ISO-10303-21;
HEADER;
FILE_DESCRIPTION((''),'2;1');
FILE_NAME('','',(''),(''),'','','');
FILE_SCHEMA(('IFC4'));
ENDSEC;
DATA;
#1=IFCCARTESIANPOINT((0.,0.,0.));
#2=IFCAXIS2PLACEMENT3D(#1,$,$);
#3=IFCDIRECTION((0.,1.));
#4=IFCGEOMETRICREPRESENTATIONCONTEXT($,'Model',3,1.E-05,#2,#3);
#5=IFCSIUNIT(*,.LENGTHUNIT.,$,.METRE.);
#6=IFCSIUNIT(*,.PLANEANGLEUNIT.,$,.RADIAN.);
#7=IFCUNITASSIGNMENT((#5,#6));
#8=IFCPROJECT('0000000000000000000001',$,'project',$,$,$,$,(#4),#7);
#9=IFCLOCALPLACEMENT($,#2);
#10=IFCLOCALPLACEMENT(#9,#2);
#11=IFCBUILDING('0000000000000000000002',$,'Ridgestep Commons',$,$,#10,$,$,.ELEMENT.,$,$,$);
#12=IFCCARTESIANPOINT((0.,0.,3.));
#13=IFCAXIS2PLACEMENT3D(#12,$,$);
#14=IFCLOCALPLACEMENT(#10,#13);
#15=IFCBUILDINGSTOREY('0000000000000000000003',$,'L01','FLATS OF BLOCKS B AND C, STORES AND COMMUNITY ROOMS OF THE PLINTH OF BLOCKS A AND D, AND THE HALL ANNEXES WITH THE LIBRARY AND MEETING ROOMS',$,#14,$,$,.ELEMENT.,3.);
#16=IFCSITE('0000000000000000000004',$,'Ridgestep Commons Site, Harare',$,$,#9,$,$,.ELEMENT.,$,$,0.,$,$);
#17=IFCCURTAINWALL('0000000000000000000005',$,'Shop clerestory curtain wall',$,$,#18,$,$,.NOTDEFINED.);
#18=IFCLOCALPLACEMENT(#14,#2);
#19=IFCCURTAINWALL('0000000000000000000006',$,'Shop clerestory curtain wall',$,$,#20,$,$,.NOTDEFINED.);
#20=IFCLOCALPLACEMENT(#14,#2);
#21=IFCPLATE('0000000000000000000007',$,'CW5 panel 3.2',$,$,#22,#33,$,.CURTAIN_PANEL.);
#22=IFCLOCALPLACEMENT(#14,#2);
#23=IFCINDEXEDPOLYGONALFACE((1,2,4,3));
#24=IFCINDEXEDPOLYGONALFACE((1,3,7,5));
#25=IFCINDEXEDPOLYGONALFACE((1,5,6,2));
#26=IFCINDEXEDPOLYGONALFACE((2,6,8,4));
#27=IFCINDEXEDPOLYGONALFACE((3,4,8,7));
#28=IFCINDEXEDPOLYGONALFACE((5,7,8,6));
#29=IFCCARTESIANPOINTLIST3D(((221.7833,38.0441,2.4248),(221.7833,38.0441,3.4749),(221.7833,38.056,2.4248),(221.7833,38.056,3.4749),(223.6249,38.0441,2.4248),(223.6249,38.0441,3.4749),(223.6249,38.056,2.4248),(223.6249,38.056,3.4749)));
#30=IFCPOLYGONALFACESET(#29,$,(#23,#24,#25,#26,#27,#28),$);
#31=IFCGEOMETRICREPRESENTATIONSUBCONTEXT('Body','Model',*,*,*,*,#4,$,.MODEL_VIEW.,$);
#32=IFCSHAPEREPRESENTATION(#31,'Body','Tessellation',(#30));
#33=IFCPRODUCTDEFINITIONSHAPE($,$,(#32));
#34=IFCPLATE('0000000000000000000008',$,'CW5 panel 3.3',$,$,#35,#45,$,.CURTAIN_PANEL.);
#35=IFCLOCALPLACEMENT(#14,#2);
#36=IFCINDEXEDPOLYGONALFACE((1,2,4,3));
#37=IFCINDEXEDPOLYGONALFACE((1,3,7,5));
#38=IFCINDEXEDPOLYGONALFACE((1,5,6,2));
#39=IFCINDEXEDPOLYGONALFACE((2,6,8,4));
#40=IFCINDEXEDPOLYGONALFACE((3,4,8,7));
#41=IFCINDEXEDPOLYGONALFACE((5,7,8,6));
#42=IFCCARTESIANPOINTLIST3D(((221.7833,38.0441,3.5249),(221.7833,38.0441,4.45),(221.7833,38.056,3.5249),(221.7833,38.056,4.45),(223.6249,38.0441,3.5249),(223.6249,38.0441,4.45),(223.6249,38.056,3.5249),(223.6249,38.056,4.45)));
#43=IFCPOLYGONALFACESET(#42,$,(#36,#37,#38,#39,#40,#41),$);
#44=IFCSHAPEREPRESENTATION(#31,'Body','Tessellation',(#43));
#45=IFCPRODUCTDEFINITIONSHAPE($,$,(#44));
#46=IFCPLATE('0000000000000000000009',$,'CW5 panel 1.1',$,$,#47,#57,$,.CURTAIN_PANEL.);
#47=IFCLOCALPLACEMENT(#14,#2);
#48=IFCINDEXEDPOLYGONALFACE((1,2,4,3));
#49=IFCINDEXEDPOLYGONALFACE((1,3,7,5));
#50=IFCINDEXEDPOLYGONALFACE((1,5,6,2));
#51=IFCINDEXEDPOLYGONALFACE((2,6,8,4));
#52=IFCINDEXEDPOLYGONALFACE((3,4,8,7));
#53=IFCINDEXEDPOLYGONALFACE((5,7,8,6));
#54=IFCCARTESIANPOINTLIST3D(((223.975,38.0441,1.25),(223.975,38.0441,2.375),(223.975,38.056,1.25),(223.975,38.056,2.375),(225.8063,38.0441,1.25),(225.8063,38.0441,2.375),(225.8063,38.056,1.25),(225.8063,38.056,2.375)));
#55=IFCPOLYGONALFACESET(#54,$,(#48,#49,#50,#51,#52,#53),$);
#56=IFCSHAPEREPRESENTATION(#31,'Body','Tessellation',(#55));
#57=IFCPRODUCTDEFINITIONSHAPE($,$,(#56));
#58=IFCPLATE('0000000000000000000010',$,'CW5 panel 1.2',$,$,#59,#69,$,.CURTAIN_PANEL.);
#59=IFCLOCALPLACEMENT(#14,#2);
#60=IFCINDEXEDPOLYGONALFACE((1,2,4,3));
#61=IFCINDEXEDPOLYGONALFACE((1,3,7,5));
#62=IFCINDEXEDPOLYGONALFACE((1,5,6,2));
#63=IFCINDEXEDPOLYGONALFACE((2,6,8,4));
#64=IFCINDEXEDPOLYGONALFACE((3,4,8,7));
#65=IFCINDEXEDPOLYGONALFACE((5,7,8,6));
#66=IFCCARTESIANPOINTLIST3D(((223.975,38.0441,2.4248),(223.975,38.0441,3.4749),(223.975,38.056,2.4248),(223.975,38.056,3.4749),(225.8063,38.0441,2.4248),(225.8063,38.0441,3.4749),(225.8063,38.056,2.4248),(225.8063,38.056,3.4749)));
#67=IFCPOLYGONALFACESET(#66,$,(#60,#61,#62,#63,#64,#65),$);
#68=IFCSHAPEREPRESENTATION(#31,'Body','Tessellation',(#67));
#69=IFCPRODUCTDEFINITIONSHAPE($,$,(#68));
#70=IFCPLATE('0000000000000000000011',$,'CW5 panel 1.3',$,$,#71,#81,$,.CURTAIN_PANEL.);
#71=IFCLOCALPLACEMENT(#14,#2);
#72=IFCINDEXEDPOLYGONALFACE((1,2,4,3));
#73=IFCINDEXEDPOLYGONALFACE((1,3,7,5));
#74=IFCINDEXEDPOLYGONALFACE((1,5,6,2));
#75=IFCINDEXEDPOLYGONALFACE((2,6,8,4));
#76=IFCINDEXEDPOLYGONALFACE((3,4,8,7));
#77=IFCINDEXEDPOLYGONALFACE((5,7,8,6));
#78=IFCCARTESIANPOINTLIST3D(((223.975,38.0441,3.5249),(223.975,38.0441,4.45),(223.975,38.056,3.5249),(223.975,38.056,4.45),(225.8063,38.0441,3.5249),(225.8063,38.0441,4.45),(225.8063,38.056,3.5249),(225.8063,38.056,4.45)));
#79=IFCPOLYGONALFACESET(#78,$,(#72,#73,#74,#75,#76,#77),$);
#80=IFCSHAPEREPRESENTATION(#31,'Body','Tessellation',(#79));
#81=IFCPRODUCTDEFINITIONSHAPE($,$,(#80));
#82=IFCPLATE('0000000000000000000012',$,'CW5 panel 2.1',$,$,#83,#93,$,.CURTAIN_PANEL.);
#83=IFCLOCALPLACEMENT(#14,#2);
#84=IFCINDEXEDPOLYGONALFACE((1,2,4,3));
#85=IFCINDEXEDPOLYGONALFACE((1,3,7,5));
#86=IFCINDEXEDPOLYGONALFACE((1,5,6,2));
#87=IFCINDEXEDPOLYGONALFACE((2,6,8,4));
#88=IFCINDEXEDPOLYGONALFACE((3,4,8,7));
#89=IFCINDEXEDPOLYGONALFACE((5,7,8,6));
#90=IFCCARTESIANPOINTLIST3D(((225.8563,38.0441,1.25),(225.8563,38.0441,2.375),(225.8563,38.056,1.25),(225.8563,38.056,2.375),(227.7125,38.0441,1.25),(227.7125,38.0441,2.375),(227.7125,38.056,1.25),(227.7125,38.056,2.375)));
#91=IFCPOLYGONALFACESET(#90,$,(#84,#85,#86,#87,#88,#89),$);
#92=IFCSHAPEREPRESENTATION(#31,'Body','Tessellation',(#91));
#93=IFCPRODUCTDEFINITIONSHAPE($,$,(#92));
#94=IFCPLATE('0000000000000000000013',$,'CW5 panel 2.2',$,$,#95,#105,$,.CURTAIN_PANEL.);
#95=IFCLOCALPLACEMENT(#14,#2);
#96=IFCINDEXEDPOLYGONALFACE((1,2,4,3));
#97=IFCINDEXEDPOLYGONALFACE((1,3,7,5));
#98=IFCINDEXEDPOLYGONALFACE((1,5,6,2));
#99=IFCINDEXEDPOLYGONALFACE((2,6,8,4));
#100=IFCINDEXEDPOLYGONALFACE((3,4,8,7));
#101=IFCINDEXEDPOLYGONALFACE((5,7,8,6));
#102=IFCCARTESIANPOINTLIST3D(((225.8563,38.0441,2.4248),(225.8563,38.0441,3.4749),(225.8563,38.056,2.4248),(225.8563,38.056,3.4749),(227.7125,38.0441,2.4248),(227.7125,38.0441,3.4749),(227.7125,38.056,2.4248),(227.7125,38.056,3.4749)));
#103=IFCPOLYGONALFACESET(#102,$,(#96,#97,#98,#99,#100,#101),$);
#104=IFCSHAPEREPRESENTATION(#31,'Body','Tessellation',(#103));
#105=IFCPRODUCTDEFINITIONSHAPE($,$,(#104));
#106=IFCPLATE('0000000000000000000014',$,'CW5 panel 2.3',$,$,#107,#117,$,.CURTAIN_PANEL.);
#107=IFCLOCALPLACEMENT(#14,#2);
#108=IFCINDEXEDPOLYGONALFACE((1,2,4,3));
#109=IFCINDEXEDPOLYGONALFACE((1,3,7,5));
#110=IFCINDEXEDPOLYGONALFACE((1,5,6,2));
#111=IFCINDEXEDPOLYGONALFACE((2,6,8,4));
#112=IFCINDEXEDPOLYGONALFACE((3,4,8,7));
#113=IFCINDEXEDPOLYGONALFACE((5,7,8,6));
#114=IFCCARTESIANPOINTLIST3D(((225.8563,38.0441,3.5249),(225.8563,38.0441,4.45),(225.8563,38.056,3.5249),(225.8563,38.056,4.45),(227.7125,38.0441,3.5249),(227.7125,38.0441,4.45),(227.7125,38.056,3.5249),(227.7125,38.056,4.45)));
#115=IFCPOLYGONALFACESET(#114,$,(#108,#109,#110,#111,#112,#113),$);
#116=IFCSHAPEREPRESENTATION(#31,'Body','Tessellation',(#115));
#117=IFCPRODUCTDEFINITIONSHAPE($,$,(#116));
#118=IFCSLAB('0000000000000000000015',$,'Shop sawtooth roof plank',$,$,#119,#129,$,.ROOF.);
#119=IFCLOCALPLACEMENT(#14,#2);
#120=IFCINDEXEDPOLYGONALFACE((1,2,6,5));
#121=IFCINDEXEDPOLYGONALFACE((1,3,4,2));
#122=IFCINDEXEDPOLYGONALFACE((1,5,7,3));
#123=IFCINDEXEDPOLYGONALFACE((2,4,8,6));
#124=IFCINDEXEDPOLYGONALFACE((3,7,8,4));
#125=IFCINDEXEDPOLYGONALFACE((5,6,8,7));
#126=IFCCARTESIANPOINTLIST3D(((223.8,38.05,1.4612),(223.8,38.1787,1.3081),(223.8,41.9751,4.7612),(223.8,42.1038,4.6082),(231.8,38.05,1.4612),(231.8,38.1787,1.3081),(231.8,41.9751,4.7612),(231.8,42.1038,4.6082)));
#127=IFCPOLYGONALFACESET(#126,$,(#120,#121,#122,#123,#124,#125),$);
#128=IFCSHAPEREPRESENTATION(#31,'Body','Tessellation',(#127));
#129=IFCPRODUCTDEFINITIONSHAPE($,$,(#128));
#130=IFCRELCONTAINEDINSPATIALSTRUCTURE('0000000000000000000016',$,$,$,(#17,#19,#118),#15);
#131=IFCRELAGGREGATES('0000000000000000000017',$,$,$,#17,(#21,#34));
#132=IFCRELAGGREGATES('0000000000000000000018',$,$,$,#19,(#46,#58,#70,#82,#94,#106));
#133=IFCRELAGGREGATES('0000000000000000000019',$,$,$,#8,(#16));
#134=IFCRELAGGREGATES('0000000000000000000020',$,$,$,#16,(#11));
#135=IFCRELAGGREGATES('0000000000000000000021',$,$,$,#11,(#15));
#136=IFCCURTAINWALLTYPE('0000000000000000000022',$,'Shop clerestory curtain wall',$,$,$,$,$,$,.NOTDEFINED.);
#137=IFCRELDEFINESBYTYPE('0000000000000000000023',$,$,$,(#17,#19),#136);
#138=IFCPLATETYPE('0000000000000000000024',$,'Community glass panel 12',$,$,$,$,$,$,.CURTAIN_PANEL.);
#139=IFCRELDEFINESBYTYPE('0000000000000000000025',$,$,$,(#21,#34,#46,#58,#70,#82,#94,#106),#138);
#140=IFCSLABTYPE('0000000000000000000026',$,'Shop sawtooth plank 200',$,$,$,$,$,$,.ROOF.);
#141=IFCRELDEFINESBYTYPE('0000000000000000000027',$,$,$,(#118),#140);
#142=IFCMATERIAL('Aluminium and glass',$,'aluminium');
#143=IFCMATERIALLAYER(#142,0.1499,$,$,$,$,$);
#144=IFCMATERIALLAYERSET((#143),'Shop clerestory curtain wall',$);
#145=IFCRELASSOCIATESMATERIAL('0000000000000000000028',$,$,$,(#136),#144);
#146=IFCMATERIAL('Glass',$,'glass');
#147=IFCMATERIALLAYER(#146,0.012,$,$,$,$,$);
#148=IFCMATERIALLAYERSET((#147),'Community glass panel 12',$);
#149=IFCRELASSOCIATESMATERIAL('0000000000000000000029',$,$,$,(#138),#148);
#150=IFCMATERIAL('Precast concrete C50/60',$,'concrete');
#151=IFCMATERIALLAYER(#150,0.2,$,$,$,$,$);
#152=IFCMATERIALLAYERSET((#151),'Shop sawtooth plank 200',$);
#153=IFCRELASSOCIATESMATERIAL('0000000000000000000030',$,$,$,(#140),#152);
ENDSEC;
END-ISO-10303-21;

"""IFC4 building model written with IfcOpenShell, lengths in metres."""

from ifc_helpers import new_model, si_unit, direction, frame, origin, origin_2d, place, context, subcontext, project, spatial, polyline, rectangle, outline, extrude, material, layer, layer_set, type_object, element, aggregate, save


model = new_model("IFC4")

# Units and contexts
model_context = context("Model", 3, precision=1e-05, world=origin(), true_north=direction((0.0, 1.0)))
body_context = subcontext(model_context, "Body", "Model", "MODEL_VIEW")
ifc_project = project(units=[si_unit("LENGTHUNIT", "METRE"), si_unit("PLANEANGLEUNIT", "RADIAN")], contexts=[model_context])

# Site, building, storey
site_placement = place(None, origin())
site = spatial("IfcSite", under=ifc_project, at=site_placement, Name="Ridgestep Commons Site, Harare", CompositionType="ELEMENT", RefElevation=0.0)
building_placement = place(site_placement, origin())
building = spatial("IfcBuilding", under=site, at=building_placement, Name="Ridgestep Commons", CompositionType="ELEMENT")
storey_placement = place(building_placement, frame((0.0, 0.0, 3.0)))
storey = spatial("IfcBuildingStorey", under=building, at=storey_placement, Name="L01", Description="FLATS OF BLOCKS B AND C, STORES AND COMMUNITY ROOMS OF THE PLINTH OF BLOCKS A AND D, AND THE HALL ANNEXES WITH THE LIBRARY AND MEETING ROOMS", CompositionType="ELEMENT", Elevation=3.0)

# Curtain wall
ifc_material_1 = material(Name="Aluminium and glass", Category="aluminium")
ifc_layer_1 = layer(ifc_material_1, 0.1499)
ifc_layer_set_1 = layer_set([ifc_layer_1], Name="Shop clerestory curtain wall")
curtain_wall_type = type_object("IfcCurtainWallType", Name="Shop clerestory curtain wall", PredefinedType="NOTDEFINED", material=ifc_layer_set_1)
curtain_wall_1_placement = place(storey_placement, origin())
curtain_wall_1 = element("IfcCurtainWall", 1, at=curtain_wall_1_placement, inside=storey, type_object=curtain_wall_type, Name="Shop clerestory curtain wall", PredefinedType="NOTDEFINED")

# Curtain wall
curtain_wall_2_placement = place(storey_placement, origin())
curtain_wall_2 = element("IfcCurtainWall", 2, at=curtain_wall_2_placement, inside=storey, type_object=curtain_wall_type, Name="Shop clerestory curtain wall", PredefinedType="NOTDEFINED")

# Plates
ifc_material_2 = material(Name="Glass", Category="glass")
ifc_layer_2 = layer(ifc_material_2, 0.012)
ifc_layer_set_2 = layer_set([ifc_layer_2], Name="Community glass panel 12")
plate_type = type_object("IfcPlateType", Name="Community glass panel 12", PredefinedType="CURTAIN_PANEL", material=ifc_layer_set_2)
plate_1_placement = place(storey_placement, frame((222.7041, 38.05, 2.4248), z_axis=(0.0, 0.0, 1.0), x_axis=(1.0, 0.0, 0.0)))
plate_1 = element("IfcPlate", 3, at=plate_1_placement, type_object=plate_type, Name="CW5 panel 3.2", PredefinedType="CURTAIN_PANEL", context=body_context, shape_type="SweptSolid", body=[
    extrude(rectangle(XDim=1.8416, YDim=0.012, at=origin_2d()), origin(), (0.0, 0.0, 1.0), 1.05),
])
plate_2_placement = place(storey_placement, frame((222.7041, 38.05, 3.5249), z_axis=(0.0, 0.0, 1.0), x_axis=(1.0, 0.0, 0.0)))
plate_2 = element("IfcPlate", 4, at=plate_2_placement, type_object=plate_type, Name="CW5 panel 3.3", PredefinedType="CURTAIN_PANEL", context=body_context, shape_type="SweptSolid", body=[
    extrude(rectangle(XDim=1.8416, YDim=0.012, at=origin_2d()), origin(), (0.0, 0.0, 1.0), 0.925),
])
aggregate(curtain_wall_1, [plate_1, plate_2])
plate_3_placement = place(storey_placement, frame((224.8906, 38.05, 1.25), z_axis=(0.0, 0.0, 1.0), x_axis=(1.0, 0.0, 0.0)))
plate_3 = element("IfcPlate", 5, at=plate_3_placement, type_object=plate_type, Name="CW5 panel 1.1", PredefinedType="CURTAIN_PANEL", context=body_context, shape_type="SweptSolid", body=[
    extrude(rectangle(XDim=1.8313, YDim=0.012, at=origin_2d()), origin(), (0.0, 0.0, 1.0), 1.125),
])
plate_4_placement = place(storey_placement, frame((224.8906, 38.05, 2.4248), z_axis=(0.0, 0.0, 1.0), x_axis=(1.0, 0.0, 0.0)))
plate_4 = element("IfcPlate", 6, at=plate_4_placement, type_object=plate_type, Name="CW5 panel 1.2", PredefinedType="CURTAIN_PANEL", context=body_context, shape_type="SweptSolid", body=[
    extrude(rectangle(XDim=1.8313, YDim=0.012, at=origin_2d()), origin(), (0.0, 0.0, 1.0), 1.05),
])
plate_5_placement = place(storey_placement, frame((224.8906, 38.05, 3.5249), z_axis=(0.0, 0.0, 1.0), x_axis=(1.0, 0.0, 0.0)))
plate_5 = element("IfcPlate", 7, at=plate_5_placement, type_object=plate_type, Name="CW5 panel 1.3", PredefinedType="CURTAIN_PANEL", context=body_context, shape_type="SweptSolid", body=[
    extrude(rectangle(XDim=1.8313, YDim=0.012, at=origin_2d()), origin(), (0.0, 0.0, 1.0), 0.925),
])
plate_6_placement = place(storey_placement, frame((226.7844, 38.05, 1.25), z_axis=(0.0, 0.0, 1.0), x_axis=(1.0, 0.0, 0.0)))
plate_6 = element("IfcPlate", 8, at=plate_6_placement, type_object=plate_type, Name="CW5 panel 2.1", PredefinedType="CURTAIN_PANEL", context=body_context, shape_type="SweptSolid", body=[
    extrude(rectangle(XDim=1.8562, YDim=0.012, at=origin_2d()), origin(), (0.0, 0.0, 1.0), 1.125),
])
plate_7_placement = place(storey_placement, frame((226.7844, 38.05, 2.4248), z_axis=(0.0, 0.0, 1.0), x_axis=(1.0, 0.0, 0.0)))
plate_7 = element("IfcPlate", 9, at=plate_7_placement, type_object=plate_type, Name="CW5 panel 2.2", PredefinedType="CURTAIN_PANEL", context=body_context, shape_type="SweptSolid", body=[
    extrude(rectangle(XDim=1.8562, YDim=0.012, at=origin_2d()), origin(), (0.0, 0.0, 1.0), 1.05),
])
plate_8_placement = place(storey_placement, frame((226.7844, 38.05, 3.5249), z_axis=(0.0, 0.0, 1.0), x_axis=(1.0, 0.0, 0.0)))
plate_8 = element("IfcPlate", 10, at=plate_8_placement, type_object=plate_type, Name="CW5 panel 2.3", PredefinedType="CURTAIN_PANEL", context=body_context, shape_type="SweptSolid", body=[
    extrude(rectangle(XDim=1.8562, YDim=0.012, at=origin_2d()), origin(), (0.0, 0.0, 1.0), 0.925),
])
aggregate(curtain_wall_2, [plate_3, plate_4, plate_5, plate_6, plate_7, plate_8])

# Slab
ifc_material_3 = material(Name="Precast concrete C50/60", Category="concrete")
ifc_layer_3 = layer(ifc_material_3, 0.2)
ifc_layer_set_3 = layer_set([ifc_layer_3], Name="Shop sawtooth plank 200")
slab_type = type_object("IfcSlabType", Name="Shop sawtooth plank 200", PredefinedType="ROOF", material=ifc_layer_set_3)
slab_placement = place(storey_placement, frame((223.8, 38.05, 1.4612), z_axis=(0.0, -0.643536, 0.765416), x_axis=(1.0, 0.0, 0.0)))
element("IfcSlab", 11, at=slab_placement, inside=storey, type_object=slab_type, Name="Shop sawtooth roof plank", PredefinedType="ROOF", context=body_context, shape_type="SweptSolid", body=[
    extrude(outline(polyline([(0.0, 0.0), (8.0, 0.0), (8.0, 5.128), (0.0, 5.128), (0.0, 0.0)])), origin(), (0.0, 0.0, -1.0), 0.2),
])

save(model, "model.ifc")
